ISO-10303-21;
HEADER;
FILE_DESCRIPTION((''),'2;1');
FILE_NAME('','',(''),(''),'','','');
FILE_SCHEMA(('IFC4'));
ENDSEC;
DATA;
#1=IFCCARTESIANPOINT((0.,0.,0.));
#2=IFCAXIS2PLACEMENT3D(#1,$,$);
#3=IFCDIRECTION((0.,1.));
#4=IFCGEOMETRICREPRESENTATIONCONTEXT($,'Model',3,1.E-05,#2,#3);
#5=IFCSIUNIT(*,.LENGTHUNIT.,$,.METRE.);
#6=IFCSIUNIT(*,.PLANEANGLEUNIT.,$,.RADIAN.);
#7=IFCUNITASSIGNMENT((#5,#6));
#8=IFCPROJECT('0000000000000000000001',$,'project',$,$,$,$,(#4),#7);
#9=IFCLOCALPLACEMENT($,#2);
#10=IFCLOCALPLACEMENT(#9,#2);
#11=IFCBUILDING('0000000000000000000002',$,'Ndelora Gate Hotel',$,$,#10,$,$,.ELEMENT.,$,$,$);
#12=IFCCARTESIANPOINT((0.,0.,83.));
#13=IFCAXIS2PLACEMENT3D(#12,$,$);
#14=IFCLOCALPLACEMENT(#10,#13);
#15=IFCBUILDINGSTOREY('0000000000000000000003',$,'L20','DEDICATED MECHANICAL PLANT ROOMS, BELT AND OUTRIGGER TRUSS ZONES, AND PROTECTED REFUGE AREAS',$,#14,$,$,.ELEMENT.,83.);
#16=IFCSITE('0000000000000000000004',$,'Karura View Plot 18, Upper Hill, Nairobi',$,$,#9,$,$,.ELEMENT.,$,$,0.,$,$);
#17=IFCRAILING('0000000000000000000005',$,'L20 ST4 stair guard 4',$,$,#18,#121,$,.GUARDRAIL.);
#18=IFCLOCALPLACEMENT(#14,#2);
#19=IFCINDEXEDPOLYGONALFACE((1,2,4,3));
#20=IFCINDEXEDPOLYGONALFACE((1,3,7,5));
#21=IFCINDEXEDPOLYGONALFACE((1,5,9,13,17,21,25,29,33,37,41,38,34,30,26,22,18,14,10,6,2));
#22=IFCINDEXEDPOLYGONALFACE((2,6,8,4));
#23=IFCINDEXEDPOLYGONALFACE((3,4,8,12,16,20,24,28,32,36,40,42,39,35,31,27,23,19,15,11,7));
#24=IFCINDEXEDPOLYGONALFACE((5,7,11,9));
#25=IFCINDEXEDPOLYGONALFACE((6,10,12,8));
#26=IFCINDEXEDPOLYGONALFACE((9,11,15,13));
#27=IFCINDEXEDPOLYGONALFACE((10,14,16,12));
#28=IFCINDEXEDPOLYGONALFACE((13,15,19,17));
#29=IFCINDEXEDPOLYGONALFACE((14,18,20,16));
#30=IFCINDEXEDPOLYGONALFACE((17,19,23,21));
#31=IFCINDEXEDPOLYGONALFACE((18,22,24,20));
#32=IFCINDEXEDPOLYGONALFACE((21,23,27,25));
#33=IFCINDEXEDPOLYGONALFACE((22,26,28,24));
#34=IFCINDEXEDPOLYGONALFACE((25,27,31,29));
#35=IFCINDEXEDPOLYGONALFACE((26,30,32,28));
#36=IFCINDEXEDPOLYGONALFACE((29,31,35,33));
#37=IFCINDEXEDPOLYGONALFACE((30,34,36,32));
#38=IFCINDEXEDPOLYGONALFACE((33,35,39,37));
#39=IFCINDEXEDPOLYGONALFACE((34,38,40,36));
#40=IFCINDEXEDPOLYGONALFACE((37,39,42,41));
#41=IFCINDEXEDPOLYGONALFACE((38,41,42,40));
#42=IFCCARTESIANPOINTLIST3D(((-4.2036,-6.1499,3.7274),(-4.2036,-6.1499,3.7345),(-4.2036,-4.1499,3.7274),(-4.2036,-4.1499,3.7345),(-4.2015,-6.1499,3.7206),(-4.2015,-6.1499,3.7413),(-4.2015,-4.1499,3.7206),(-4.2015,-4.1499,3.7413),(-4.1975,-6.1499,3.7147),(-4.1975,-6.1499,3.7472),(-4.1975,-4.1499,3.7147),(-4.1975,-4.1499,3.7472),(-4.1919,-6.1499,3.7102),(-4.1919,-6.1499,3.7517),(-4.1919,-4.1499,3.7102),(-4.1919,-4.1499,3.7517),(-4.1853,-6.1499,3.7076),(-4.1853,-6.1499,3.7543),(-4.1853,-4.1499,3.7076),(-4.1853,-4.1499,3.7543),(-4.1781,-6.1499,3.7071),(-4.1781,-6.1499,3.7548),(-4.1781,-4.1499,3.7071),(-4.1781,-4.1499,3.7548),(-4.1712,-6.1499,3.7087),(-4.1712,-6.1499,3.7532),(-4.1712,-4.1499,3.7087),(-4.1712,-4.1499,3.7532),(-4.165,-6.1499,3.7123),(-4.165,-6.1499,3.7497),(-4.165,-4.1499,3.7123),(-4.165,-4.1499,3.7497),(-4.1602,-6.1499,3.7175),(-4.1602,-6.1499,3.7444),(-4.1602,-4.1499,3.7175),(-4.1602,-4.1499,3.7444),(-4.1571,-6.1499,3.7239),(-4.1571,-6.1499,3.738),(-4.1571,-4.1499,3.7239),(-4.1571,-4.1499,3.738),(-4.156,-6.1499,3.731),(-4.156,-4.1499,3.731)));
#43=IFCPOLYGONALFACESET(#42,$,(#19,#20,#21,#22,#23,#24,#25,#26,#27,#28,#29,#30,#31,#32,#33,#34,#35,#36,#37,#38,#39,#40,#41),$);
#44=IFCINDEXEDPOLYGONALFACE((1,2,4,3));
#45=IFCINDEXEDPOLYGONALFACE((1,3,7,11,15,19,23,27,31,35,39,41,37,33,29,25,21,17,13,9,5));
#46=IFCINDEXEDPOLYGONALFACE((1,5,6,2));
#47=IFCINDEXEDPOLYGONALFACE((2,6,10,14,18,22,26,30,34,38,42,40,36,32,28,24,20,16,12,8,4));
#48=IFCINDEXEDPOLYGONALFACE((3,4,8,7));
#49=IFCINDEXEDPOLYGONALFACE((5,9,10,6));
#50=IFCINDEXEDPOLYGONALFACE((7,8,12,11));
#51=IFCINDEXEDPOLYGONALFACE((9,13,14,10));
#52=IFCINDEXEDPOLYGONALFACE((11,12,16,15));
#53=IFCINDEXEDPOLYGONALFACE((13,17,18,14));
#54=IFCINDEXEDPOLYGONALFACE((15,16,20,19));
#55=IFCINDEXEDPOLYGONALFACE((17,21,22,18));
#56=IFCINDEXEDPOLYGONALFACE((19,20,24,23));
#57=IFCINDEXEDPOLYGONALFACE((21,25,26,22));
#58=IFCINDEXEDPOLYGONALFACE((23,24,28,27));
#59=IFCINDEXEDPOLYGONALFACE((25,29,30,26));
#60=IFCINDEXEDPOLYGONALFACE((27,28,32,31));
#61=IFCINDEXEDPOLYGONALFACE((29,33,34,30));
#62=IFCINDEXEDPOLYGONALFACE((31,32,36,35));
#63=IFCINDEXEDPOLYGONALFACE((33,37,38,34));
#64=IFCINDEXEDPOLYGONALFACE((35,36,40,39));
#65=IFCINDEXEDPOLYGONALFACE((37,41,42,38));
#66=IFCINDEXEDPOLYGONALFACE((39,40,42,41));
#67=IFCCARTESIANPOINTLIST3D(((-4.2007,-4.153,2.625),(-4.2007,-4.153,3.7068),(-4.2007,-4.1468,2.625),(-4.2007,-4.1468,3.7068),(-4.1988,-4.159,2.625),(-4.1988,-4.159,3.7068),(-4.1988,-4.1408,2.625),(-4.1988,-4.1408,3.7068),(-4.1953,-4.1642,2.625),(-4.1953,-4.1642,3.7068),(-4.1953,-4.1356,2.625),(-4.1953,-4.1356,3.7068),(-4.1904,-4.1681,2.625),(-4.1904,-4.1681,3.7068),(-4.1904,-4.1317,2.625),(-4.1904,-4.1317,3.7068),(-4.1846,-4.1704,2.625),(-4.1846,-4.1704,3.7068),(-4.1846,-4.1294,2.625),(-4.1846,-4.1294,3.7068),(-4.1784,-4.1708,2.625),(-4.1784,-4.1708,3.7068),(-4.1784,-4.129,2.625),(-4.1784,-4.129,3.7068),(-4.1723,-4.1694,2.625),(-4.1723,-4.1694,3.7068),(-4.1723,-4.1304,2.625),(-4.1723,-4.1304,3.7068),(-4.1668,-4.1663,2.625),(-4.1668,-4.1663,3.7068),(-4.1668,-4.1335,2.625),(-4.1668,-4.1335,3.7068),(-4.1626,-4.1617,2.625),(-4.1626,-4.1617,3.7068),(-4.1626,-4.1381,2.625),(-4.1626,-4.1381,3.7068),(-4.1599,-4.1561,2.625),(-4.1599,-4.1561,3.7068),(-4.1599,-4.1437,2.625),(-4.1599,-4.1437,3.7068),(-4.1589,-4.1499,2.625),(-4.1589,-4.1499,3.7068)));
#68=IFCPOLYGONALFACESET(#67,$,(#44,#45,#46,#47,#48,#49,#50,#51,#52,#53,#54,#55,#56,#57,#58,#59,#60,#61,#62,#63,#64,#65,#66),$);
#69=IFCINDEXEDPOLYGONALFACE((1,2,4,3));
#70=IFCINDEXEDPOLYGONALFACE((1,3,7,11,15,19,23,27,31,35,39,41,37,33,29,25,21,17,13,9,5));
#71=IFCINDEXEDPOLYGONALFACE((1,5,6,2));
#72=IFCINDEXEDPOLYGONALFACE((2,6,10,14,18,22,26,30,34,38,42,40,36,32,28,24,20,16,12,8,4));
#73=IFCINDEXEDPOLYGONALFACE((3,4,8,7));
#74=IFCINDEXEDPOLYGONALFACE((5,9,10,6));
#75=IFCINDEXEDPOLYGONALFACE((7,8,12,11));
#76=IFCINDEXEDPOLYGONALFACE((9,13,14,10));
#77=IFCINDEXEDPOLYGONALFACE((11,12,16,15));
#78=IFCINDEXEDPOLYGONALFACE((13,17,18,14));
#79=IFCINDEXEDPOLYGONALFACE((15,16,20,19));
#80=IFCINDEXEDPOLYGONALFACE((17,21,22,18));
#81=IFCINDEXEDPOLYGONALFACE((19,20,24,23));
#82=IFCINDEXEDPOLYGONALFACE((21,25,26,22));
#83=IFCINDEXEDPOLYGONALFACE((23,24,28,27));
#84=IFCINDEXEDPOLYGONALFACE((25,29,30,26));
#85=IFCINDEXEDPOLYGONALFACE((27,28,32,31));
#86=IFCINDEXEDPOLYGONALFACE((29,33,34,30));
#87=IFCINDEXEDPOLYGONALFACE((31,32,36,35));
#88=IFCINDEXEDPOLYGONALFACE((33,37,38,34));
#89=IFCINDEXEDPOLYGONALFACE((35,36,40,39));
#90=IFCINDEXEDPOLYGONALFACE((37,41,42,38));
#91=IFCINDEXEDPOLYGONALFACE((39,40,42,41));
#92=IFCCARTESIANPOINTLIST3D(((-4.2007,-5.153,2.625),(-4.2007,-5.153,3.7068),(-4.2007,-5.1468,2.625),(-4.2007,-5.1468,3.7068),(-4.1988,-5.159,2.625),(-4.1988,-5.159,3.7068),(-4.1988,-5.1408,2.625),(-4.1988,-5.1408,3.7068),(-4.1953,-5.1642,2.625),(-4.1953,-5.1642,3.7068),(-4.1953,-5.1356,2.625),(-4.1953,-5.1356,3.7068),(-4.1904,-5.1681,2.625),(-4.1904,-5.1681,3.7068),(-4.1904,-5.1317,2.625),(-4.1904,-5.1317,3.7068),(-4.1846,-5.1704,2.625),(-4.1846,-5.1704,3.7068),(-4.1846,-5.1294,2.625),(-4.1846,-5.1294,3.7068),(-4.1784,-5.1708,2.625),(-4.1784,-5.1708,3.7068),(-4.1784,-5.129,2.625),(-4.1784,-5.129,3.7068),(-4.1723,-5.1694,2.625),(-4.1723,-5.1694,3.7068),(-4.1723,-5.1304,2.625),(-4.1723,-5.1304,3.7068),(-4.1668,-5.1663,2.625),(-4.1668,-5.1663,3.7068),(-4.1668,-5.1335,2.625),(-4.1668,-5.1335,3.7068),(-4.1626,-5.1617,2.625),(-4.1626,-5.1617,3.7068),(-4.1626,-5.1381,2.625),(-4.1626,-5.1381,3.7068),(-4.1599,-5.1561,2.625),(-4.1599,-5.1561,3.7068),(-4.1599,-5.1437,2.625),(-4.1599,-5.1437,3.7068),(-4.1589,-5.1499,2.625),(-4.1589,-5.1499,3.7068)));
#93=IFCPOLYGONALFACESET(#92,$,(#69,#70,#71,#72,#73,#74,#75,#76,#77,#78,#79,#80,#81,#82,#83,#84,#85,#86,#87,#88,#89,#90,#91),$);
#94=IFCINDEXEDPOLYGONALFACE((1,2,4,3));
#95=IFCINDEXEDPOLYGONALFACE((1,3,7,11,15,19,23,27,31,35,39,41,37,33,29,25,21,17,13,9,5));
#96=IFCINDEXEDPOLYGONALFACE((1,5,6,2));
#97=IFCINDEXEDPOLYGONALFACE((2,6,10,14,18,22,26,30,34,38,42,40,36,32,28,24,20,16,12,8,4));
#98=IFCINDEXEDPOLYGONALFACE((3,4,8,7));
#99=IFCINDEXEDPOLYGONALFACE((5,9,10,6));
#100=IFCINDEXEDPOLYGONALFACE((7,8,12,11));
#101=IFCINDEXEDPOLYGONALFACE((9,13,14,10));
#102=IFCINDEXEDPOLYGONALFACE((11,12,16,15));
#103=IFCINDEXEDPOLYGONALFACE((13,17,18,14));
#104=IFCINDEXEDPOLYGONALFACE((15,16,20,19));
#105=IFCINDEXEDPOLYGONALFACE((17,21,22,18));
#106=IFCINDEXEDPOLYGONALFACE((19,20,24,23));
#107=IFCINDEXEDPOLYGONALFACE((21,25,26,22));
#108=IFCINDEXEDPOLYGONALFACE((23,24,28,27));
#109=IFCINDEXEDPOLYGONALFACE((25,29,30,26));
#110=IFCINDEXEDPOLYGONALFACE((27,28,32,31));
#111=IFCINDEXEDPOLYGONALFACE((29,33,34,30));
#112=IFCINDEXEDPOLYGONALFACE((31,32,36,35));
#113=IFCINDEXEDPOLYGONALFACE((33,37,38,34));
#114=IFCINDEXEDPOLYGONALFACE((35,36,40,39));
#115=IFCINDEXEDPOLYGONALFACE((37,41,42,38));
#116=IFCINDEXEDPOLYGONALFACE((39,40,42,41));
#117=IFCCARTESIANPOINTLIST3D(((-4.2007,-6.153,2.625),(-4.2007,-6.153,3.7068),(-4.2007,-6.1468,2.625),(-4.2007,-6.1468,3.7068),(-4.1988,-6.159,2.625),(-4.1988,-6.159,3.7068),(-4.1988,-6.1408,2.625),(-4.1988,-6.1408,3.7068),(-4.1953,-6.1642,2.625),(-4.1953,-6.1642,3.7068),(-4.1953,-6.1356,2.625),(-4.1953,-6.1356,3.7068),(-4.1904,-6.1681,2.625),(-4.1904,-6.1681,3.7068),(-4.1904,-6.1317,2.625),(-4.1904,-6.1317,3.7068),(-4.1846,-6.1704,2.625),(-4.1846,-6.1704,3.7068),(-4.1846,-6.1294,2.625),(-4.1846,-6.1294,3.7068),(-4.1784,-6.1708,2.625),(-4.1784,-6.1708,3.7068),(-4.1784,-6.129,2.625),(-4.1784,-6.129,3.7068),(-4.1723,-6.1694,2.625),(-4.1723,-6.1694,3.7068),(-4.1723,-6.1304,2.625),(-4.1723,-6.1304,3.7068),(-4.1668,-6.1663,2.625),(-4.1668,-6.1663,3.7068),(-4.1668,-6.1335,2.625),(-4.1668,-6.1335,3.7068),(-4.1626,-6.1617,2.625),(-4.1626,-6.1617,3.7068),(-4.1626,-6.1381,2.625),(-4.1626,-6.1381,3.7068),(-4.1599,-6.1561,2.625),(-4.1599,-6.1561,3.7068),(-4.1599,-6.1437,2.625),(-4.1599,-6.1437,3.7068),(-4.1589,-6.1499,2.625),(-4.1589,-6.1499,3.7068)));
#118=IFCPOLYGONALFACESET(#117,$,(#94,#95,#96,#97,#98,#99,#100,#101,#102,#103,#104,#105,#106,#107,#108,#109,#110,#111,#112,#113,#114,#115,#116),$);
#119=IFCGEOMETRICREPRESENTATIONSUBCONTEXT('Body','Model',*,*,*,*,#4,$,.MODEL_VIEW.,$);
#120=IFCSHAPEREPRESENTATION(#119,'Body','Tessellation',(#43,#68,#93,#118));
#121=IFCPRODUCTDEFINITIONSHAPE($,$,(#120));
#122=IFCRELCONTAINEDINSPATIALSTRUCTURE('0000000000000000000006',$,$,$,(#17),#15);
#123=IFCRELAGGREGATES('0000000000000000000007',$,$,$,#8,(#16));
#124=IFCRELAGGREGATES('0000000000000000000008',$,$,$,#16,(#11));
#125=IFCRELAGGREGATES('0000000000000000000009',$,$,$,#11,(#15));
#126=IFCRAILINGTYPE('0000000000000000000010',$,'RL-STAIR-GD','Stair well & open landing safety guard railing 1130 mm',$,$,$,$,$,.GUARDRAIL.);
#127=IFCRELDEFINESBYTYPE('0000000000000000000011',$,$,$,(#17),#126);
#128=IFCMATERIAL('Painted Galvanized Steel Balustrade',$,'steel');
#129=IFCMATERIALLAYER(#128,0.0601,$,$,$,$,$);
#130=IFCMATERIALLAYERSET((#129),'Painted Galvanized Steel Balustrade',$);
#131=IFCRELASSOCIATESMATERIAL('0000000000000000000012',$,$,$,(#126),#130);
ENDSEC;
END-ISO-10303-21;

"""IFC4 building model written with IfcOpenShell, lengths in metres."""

from ifc_helpers import new_model, si_unit, direction, frame, origin, origin_2d, place, context, subcontext, project, spatial, circle, extrude, material, layer, layer_set, type_object, element, save


model = new_model("IFC4")

# Units and contexts
model_context = context("Model", 3, precision=1e-05, world=origin(), true_north=direction((0.0, 1.0)))
body_context = subcontext(model_context, "Body", "Model", "MODEL_VIEW")
ifc_project = project(units=[si_unit("LENGTHUNIT", "METRE"), si_unit("PLANEANGLEUNIT", "RADIAN")], contexts=[model_context])

# Site, building, storey
site_placement = place(None, origin())
site = spatial("IfcSite", under=ifc_project, at=site_placement, Name="Karura View Plot 18, Upper Hill, Nairobi", CompositionType="ELEMENT", RefElevation=0.0)
building_placement = place(site_placement, origin())
building = spatial("IfcBuilding", under=site, at=building_placement, Name="Ndelora Gate Hotel", CompositionType="ELEMENT")
storey_placement = place(building_placement, frame((0.0, 0.0, 83.0)))
storey = spatial("IfcBuildingStorey", under=building, at=storey_placement, Name="L20", Description="DEDICATED MECHANICAL PLANT ROOMS, BELT AND OUTRIGGER TRUSS ZONES, AND PROTECTED REFUGE AREAS", CompositionType="ELEMENT", Elevation=83.0)

# Railing
ifc_material_1 = material(Name="Painted Galvanized Steel Balustrade", Category="steel")
ifc_layer_1 = layer(ifc_material_1, 0.0601)
ifc_layer_set_1 = layer_set([ifc_layer_1], Name="Painted Galvanized Steel Balustrade")
railing_type_1 = type_object("IfcRailingType", Name="RL-STAIR-GD", Description="Stair well & open landing safety guard railing 1130 mm", PredefinedType="GUARDRAIL", material=ifc_layer_set_1)
for number, where, name in (
    (1, (-4.1799, -4.1499, 2.625), "L20 ST4 stair guard 4"),
):
    element("IfcRailing", number, at=place(storey_placement, frame(where)), inside=storey, type_object=railing_type_1, Name=name, PredefinedType="GUARDRAIL", context=body_context, shape_type="SweptSolid", body=[
        extrude(circle(Radius=0.0239, at=origin_2d()), frame((0.0, 0.0, 1.106), z_axis=(0.0, -1.0, 0.0), x_axis=(1.0, 0.0, 0.0)), (0.0, 0.0, 1.0), 2.0),
        extrude(circle(Radius=0.021, at=origin_2d()), origin(), (0.0, 0.0, 1.0), 1.0818),
        extrude(circle(Radius=0.021, at=origin_2d()), frame((0.0, -1.0, 0.0)), (0.0, 0.0, 1.0), 1.0818),
        extrude(circle(Radius=0.021, at=origin_2d()), frame((0.0, -2.0, 0.0)), (0.0, 0.0, 1.0), 1.0818),
    ])

save(model, "model.ifc")
